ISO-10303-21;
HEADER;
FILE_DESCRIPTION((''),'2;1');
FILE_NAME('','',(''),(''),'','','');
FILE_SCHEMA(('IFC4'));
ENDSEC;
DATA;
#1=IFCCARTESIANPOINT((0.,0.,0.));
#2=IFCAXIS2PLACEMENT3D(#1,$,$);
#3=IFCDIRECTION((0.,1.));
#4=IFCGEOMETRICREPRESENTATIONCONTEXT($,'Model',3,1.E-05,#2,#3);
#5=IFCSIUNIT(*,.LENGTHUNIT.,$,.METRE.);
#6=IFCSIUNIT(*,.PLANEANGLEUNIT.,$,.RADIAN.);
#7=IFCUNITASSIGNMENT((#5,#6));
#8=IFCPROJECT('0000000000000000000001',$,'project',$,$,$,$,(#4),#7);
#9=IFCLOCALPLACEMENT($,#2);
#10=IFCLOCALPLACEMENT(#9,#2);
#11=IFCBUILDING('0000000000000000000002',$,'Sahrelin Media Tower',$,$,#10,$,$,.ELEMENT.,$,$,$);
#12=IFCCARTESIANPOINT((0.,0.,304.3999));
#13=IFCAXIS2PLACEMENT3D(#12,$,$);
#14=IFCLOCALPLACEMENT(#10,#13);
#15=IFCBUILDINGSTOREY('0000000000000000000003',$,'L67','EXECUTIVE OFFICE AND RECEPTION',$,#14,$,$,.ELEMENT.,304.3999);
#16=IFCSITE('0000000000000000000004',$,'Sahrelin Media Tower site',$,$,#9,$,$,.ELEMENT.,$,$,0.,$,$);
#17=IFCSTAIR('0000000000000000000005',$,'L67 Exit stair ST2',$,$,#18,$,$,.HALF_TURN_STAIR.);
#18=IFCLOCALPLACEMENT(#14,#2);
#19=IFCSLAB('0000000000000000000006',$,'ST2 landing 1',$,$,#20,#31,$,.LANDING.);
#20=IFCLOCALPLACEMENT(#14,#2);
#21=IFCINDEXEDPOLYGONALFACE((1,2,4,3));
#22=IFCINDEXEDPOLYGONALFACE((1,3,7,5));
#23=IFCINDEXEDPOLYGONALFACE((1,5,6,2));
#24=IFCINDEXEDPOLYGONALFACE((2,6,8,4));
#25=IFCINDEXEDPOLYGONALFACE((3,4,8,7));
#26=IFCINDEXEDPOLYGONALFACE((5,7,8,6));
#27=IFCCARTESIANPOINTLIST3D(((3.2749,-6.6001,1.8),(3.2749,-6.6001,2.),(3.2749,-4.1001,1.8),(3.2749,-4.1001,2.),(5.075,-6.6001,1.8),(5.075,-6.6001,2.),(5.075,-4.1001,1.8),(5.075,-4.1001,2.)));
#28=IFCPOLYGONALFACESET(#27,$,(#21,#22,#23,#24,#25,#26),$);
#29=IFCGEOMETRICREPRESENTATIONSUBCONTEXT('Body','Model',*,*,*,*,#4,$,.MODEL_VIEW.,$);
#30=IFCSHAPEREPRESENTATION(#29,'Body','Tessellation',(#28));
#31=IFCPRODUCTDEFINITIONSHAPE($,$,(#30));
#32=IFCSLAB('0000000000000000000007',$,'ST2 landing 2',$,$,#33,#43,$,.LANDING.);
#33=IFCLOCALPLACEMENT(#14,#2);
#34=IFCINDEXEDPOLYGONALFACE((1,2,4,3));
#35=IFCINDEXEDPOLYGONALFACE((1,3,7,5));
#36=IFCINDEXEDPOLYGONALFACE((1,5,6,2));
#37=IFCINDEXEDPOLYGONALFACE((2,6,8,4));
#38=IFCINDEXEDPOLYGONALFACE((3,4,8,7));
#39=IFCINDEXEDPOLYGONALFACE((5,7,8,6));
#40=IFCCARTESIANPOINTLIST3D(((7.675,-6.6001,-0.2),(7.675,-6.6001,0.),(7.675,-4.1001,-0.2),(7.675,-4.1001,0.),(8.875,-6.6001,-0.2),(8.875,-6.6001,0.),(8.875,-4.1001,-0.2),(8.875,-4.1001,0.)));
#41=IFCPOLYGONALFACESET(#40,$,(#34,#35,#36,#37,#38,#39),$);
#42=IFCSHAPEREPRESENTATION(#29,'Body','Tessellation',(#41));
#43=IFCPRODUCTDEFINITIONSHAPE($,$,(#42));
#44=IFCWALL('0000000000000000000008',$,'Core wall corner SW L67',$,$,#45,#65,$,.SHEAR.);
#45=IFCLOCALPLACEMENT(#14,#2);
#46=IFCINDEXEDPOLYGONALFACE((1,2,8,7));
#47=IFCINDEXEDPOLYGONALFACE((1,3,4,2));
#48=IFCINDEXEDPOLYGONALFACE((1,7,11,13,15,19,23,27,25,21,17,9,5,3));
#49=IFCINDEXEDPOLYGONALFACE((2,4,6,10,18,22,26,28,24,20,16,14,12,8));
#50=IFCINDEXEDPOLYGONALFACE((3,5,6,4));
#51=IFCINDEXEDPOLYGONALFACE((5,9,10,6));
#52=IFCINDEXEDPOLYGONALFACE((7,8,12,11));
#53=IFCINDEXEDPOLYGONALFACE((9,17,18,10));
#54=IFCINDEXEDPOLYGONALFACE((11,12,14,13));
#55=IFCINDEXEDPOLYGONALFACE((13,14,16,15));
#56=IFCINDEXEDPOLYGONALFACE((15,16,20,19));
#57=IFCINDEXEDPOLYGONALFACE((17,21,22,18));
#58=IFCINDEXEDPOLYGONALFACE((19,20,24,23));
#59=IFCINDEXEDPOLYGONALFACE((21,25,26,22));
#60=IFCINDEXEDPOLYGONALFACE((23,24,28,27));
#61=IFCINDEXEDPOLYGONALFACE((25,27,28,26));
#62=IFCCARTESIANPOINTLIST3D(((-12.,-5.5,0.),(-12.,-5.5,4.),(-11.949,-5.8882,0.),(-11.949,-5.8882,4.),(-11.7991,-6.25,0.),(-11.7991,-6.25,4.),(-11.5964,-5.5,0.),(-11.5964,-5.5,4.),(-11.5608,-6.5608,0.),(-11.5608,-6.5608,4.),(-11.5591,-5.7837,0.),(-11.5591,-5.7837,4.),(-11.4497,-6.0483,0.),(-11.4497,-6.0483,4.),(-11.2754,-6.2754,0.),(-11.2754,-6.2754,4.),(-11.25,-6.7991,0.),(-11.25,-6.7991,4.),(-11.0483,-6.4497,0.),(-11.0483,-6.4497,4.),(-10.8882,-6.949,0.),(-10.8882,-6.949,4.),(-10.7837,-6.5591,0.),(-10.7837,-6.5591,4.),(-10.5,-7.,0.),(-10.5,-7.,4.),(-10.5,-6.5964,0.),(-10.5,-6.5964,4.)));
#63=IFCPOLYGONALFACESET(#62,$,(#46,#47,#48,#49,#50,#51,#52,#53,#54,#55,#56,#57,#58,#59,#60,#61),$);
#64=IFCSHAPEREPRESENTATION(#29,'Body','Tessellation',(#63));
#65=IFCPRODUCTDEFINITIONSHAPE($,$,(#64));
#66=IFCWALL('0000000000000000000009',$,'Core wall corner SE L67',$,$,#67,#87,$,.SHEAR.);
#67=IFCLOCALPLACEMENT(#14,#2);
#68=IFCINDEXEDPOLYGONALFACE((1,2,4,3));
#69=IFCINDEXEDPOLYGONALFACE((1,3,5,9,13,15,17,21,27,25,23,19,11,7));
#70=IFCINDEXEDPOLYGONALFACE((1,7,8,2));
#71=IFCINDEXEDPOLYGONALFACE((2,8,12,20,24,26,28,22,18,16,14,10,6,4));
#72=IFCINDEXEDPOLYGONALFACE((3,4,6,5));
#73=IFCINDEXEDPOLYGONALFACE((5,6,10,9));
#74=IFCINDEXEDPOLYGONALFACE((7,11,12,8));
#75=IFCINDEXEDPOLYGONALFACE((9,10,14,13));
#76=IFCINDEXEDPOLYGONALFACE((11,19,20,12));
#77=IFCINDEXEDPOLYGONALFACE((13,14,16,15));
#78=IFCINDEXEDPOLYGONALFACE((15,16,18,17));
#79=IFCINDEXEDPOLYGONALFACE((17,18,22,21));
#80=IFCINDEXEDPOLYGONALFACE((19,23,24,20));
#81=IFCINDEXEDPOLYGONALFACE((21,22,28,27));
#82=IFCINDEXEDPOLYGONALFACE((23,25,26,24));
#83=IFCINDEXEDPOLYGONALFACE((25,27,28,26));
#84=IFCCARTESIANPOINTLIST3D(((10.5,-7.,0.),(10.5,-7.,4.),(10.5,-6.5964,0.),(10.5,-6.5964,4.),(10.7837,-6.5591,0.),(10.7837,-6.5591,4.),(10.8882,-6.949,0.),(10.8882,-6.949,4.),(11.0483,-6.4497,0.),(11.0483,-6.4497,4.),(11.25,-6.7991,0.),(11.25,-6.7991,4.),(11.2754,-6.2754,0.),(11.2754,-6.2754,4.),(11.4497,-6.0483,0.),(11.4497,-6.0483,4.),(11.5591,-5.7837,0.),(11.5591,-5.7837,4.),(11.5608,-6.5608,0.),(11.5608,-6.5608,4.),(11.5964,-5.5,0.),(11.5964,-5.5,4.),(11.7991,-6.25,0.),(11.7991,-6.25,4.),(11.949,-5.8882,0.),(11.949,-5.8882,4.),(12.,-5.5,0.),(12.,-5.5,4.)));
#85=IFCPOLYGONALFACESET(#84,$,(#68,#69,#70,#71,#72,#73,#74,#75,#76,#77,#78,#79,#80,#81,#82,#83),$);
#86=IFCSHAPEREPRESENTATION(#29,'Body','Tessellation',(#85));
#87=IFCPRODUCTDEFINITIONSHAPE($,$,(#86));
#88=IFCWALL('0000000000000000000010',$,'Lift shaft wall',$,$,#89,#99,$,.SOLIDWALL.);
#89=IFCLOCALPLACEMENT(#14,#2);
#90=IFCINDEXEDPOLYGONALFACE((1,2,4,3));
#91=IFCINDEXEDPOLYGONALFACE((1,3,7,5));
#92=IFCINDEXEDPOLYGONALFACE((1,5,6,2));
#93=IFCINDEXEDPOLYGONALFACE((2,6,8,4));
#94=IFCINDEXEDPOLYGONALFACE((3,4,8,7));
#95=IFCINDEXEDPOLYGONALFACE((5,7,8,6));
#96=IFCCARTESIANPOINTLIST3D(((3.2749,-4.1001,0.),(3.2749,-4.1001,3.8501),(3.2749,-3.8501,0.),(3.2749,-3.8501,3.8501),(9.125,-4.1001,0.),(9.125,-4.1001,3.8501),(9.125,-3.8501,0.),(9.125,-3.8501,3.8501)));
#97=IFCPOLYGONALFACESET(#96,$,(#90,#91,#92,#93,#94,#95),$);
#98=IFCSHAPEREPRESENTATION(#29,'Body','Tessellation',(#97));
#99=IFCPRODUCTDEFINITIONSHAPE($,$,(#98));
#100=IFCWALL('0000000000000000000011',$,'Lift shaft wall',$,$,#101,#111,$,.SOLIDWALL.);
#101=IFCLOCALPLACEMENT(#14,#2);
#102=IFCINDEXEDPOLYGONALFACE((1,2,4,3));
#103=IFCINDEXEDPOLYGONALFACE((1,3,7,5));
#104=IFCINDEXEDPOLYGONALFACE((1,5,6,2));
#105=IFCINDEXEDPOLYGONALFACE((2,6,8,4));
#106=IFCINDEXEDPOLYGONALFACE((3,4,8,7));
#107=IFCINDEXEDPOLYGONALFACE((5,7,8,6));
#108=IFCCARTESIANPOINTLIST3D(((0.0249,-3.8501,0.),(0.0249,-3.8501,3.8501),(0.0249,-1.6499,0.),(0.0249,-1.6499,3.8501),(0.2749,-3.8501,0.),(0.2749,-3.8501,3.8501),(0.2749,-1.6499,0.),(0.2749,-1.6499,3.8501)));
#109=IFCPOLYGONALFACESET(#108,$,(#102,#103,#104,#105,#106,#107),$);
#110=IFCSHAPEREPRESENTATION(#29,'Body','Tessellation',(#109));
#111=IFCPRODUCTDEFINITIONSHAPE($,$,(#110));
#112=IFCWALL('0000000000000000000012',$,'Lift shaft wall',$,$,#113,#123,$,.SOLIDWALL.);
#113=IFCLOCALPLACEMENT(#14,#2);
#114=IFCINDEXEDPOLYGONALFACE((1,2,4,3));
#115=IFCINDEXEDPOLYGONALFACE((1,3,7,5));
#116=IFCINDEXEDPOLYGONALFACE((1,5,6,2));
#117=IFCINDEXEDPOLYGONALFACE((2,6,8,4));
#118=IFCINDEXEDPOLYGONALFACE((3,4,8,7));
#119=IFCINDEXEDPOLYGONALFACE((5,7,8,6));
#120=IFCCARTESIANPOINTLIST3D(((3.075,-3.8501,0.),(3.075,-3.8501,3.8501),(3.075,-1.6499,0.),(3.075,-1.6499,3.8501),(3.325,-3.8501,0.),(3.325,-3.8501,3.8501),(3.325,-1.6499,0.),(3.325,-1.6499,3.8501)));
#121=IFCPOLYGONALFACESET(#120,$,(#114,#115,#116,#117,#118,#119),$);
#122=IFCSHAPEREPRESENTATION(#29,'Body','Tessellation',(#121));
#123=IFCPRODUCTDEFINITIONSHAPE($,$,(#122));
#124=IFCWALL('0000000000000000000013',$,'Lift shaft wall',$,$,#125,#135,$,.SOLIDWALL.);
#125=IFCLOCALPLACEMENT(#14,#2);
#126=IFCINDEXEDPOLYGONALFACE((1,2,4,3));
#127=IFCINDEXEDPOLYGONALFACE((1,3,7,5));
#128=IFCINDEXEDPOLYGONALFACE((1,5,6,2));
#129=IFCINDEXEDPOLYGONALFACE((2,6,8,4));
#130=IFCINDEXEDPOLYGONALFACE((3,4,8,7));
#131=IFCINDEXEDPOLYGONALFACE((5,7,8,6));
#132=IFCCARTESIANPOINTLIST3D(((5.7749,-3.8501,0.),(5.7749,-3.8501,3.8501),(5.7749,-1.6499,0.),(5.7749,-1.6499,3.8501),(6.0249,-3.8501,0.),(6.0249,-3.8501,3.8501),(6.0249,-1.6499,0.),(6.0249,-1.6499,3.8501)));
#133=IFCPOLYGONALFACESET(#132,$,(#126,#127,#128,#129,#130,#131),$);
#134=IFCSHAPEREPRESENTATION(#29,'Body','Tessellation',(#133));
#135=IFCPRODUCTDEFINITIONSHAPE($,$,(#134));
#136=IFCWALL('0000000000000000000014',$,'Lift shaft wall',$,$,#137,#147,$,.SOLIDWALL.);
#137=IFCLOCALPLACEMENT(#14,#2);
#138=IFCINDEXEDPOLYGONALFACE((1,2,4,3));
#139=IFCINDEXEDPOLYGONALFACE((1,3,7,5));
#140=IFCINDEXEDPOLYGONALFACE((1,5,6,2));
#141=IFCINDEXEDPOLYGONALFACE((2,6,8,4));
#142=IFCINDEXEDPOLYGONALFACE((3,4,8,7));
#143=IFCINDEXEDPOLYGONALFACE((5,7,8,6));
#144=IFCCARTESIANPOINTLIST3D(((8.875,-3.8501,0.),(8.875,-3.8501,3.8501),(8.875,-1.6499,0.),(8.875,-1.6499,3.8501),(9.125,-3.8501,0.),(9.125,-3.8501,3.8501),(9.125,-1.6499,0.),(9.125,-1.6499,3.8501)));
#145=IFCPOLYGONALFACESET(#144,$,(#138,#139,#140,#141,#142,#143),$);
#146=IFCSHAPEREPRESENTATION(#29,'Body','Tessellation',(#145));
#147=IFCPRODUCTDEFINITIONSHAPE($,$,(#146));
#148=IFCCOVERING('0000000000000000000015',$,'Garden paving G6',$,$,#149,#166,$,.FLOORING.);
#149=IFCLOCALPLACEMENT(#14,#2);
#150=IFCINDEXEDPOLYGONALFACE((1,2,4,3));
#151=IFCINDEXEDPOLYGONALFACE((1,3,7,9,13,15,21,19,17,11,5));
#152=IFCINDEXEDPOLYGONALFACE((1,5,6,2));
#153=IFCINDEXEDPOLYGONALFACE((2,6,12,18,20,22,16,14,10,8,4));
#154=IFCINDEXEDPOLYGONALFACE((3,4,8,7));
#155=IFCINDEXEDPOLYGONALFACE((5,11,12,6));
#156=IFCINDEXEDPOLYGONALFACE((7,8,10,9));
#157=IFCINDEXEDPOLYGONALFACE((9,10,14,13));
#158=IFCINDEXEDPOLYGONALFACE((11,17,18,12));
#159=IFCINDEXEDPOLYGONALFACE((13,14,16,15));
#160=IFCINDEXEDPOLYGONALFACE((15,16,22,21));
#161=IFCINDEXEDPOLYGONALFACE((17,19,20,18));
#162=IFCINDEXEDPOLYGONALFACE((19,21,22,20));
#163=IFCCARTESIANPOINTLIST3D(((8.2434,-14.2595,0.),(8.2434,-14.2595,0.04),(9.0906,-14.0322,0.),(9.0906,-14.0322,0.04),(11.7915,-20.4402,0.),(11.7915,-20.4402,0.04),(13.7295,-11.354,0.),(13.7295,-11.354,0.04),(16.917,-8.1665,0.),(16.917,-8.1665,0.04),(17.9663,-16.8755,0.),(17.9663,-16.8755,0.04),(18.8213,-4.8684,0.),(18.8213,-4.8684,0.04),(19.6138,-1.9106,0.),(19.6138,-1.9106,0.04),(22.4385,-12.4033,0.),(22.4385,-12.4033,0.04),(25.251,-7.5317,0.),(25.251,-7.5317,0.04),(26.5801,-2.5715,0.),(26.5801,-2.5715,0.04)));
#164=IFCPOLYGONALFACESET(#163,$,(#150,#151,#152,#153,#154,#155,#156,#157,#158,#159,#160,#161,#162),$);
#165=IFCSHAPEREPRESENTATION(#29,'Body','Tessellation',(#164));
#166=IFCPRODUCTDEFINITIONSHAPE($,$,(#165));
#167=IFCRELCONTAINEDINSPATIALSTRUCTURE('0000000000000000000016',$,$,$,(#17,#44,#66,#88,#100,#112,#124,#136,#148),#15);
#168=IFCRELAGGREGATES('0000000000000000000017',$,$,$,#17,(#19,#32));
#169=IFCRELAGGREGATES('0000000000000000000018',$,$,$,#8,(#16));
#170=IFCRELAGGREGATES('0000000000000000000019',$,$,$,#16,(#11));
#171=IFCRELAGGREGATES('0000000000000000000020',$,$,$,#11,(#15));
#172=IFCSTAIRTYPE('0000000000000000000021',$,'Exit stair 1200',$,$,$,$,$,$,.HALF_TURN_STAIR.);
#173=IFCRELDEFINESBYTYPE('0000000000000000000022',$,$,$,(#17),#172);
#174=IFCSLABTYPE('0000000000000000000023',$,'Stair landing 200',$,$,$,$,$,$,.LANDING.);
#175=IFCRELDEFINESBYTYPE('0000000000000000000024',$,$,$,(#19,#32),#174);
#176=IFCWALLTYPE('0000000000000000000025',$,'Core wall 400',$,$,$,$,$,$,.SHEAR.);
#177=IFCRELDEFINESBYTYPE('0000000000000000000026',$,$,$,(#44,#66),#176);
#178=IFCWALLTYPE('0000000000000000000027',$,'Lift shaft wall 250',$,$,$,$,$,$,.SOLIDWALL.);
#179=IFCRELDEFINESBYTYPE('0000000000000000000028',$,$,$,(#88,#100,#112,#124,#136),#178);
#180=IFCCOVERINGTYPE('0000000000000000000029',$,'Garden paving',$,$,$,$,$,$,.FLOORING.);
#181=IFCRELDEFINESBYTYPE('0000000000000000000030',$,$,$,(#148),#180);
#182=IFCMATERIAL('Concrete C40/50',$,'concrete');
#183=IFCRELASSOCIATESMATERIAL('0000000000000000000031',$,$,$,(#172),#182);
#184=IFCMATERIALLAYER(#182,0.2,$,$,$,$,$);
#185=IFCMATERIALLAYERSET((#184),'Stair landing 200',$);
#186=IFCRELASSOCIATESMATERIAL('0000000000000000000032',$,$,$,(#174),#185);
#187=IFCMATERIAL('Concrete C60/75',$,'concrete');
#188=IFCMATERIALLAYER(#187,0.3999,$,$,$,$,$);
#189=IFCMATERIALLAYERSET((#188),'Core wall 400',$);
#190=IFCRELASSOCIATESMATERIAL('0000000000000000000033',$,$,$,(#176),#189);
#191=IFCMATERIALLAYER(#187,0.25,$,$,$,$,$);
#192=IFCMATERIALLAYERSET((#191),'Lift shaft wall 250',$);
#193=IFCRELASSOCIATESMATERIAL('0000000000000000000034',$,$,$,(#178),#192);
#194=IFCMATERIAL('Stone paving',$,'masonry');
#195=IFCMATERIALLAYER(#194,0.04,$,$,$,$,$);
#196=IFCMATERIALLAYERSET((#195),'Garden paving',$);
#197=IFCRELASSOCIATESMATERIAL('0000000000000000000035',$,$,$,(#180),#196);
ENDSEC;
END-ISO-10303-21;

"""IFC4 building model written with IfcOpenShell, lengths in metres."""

from ifc_helpers import new_model, si_unit, direction, frame, frame_2d, origin, place, context, subcontext, project, spatial, polyline, rectangle, outline, extrude, material, layer, layer_set, type_object, element, aggregate, save


model = new_model("IFC4")

# Units and contexts
model_context = context("Model", 3, precision=1e-05, world=origin(), true_north=direction((0.0, 1.0)))
body_context = subcontext(model_context, "Body", "Model", "MODEL_VIEW")
ifc_project = project(units=[si_unit("LENGTHUNIT", "METRE"), si_unit("PLANEANGLEUNIT", "RADIAN")], contexts=[model_context])

# Site, building, storey
site_placement = place(None, origin())
site = spatial("IfcSite", under=ifc_project, at=site_placement, Name="Sahrelin Media Tower site", CompositionType="ELEMENT", RefElevation=0.0)
building_placement = place(site_placement, origin())
building = spatial("IfcBuilding", under=site, at=building_placement, Name="Sahrelin Media Tower", CompositionType="ELEMENT")
storey_placement = place(building_placement, frame((0.0, 0.0, 304.3999)))
storey = spatial("IfcBuildingStorey", under=building, at=storey_placement, Name="L67", Description="EXECUTIVE OFFICE AND RECEPTION", CompositionType="ELEMENT", Elevation=304.3999)

# Shared definitions
ifc_material_1 = material(Name="Concrete C40/50", Category="concrete")
placement_1 = place(storey_placement, frame((0.0, 0.0, -0.2)))

# Stair, slabs
stair_type = type_object("IfcStairType", Name="Exit stair 1200", PredefinedType="HALF_TURN_STAIR", material=ifc_material_1)
placement_2 = place(storey_placement, origin())
ifc_layer_1 = layer(ifc_material_1, 0.2)
ifc_layer_set_1 = layer_set([ifc_layer_1], Name="Stair landing 200")
slab_type_1 = type_object("IfcSlabType", Name="Stair landing 200", PredefinedType="LANDING", material=ifc_layer_set_1)
placement_3 = place(storey_placement, frame((0.0, 0.0, 1.8)))
stair_1 = element("IfcStair", 1, at=placement_2, inside=storey, type_object=stair_type, Name="L67 Exit stair ST2", PredefinedType="HALF_TURN_STAIR")
slab_1 = element("IfcSlab", 2, at=placement_3, type_object=slab_type_1, Name="ST2 landing 1", PredefinedType="LANDING", context=body_context, shape_type="SweptSolid", body=[
    extrude(outline(polyline([(5.075, -4.1001), (3.2749, -4.1001), (3.2749, -6.6001), (5.075, -6.6001), (5.075, -4.1001)])), origin(), (0.0, 0.0, 1.0), 0.2),
])
slab_2 = element("IfcSlab", 3, at=placement_1, type_object=slab_type_1, Name="ST2 landing 2", PredefinedType="LANDING", context=body_context, shape_type="SweptSolid", body=[
    extrude(outline(polyline([(8.875, -4.1001), (7.675, -4.1001), (7.675, -6.6001), (8.875, -6.6001), (8.875, -4.1001)])), origin(), (0.0, 0.0, 1.0), 0.2),
])
aggregate(stair_1, [slab_1, slab_2])

# Walls
ifc_material_2 = material(Name="Concrete C60/75", Category="concrete")
ifc_layer_2 = layer(ifc_material_2, 0.3999)
ifc_layer_set_2 = layer_set([ifc_layer_2], Name="Core wall 400")
wall_type_1 = type_object("IfcWallType", Name="Core wall 400", PredefinedType="SHEAR", material=ifc_layer_set_2)
element("IfcWall", 4, at=placement_2, inside=storey, type_object=wall_type_1, Name="Core wall corner SW L67", PredefinedType="SHEAR", context=body_context, shape_type="SweptSolid", body=[
    extrude(outline(polyline([(-10.5, -7.0), (-10.5, -6.5964), (-10.7837, -6.5591), (-11.0483, -6.4497), (-11.2754, -6.2754), (-11.4497, -6.0483), (-11.5591, -5.7837), (-11.5964, -5.5), (-12.0, -5.5), (-11.949, -5.8882), (-11.7991, -6.25), (-11.5608, -6.5608), (-11.25, -6.7991), (-10.8882, -6.949), (-10.5, -7.0)])), origin(), (0.0, 0.0, 1.0), 4.0),
])
element("IfcWall", 5, at=placement_2, inside=storey, type_object=wall_type_1, Name="Core wall corner SE L67", PredefinedType="SHEAR", context=body_context, shape_type="SweptSolid", body=[
    extrude(outline(polyline([(12.0, -5.5), (11.5964, -5.5), (11.5591, -5.7837), (11.4497, -6.0483), (11.2754, -6.2754), (11.0483, -6.4497), (10.7837, -6.5591), (10.5, -6.5964), (10.5, -7.0), (10.8882, -6.949), (11.25, -6.7991), (11.5608, -6.5608), (11.7991, -6.25), (11.949, -5.8882), (12.0, -5.5)])), origin(), (0.0, 0.0, 1.0), 4.0),
])
ifc_layer_3 = layer(ifc_material_2, 0.25)
ifc_layer_set_3 = layer_set([ifc_layer_3], Name="Lift shaft wall 250")
wall_type_2 = type_object("IfcWallType", Name="Lift shaft wall 250", PredefinedType="SOLIDWALL", material=ifc_layer_set_3)
wall_1_placement = place(storey_placement, frame((3.2749, -3.9751, 0.0), z_axis=(0.0, 0.0, 1.0), x_axis=(1.0, 0.0, 0.0)))
element("IfcWall", 6, at=wall_1_placement, inside=storey, type_object=wall_type_2, Name="Lift shaft wall", PredefinedType="SOLIDWALL", context=body_context, shape_type="SweptSolid", body=[
    extrude(rectangle(XDim=5.8501, YDim=0.25, at=frame_2d((2.925, 0.0))), origin(), (0.0, 0.0, 1.0), 3.8501),
])
for number, where, z_axis, x_axis, name in (
    (7, (0.1499, -3.8501, 0.0), (0.0, 0.0, 1.0), (0.0, 1.0, 0.0), "Lift shaft wall"),
    (8, (3.2, -3.8501, 0.0), (0.0, 0.0, 1.0), (0.0, 1.0, 0.0), "Lift shaft wall"),
    (9, (5.8999, -3.8501, 0.0), (0.0, 0.0, 1.0), (0.0, 1.0, 0.0), "Lift shaft wall"),
    (10, (9.0, -3.8501, 0.0), (0.0, 0.0, 1.0), (0.0, 1.0, 0.0), "Lift shaft wall"),
):
    element("IfcWall", number, at=place(storey_placement, frame(where, z_axis=z_axis, x_axis=x_axis)), inside=storey, type_object=wall_type_2, Name=name, PredefinedType="SOLIDWALL", context=body_context, shape_type="SweptSolid", body=[
        extrude(rectangle(XDim=2.2002, YDim=0.25, at=frame_2d((1.1001, 0.0))), origin(), (0.0, 0.0, 1.0), 3.8501),
    ])

# Covering
ifc_material_3 = material(Name="Stone paving", Category="masonry")
ifc_layer_4 = layer(ifc_material_3, 0.04)
ifc_layer_set_4 = layer_set([ifc_layer_4], Name="Garden paving")
covering_type = type_object("IfcCoveringType", Name="Garden paving", PredefinedType="FLOORING", material=ifc_layer_set_4)
element("IfcCovering", 11, at=placement_2, inside=storey, type_object=covering_type, Name="Garden paving G6", PredefinedType="FLOORING", context=body_context, shape_type="SweptSolid", body=[
    extrude(outline(polyline([(25.251, -7.5317), (22.4385, -12.4033), (17.9663, -16.8755), (11.7915, -20.4402), (8.2434, -14.2595), (9.0906, -14.0322), (13.7295, -11.354), (16.917, -8.1665), (18.8213, -4.8684), (19.6138, -1.9106), (26.5801, -2.5715), (25.251, -7.5317)])), origin(), (0.0, 0.0, 1.0), 0.04),
])

save(model, "model.ifc")
